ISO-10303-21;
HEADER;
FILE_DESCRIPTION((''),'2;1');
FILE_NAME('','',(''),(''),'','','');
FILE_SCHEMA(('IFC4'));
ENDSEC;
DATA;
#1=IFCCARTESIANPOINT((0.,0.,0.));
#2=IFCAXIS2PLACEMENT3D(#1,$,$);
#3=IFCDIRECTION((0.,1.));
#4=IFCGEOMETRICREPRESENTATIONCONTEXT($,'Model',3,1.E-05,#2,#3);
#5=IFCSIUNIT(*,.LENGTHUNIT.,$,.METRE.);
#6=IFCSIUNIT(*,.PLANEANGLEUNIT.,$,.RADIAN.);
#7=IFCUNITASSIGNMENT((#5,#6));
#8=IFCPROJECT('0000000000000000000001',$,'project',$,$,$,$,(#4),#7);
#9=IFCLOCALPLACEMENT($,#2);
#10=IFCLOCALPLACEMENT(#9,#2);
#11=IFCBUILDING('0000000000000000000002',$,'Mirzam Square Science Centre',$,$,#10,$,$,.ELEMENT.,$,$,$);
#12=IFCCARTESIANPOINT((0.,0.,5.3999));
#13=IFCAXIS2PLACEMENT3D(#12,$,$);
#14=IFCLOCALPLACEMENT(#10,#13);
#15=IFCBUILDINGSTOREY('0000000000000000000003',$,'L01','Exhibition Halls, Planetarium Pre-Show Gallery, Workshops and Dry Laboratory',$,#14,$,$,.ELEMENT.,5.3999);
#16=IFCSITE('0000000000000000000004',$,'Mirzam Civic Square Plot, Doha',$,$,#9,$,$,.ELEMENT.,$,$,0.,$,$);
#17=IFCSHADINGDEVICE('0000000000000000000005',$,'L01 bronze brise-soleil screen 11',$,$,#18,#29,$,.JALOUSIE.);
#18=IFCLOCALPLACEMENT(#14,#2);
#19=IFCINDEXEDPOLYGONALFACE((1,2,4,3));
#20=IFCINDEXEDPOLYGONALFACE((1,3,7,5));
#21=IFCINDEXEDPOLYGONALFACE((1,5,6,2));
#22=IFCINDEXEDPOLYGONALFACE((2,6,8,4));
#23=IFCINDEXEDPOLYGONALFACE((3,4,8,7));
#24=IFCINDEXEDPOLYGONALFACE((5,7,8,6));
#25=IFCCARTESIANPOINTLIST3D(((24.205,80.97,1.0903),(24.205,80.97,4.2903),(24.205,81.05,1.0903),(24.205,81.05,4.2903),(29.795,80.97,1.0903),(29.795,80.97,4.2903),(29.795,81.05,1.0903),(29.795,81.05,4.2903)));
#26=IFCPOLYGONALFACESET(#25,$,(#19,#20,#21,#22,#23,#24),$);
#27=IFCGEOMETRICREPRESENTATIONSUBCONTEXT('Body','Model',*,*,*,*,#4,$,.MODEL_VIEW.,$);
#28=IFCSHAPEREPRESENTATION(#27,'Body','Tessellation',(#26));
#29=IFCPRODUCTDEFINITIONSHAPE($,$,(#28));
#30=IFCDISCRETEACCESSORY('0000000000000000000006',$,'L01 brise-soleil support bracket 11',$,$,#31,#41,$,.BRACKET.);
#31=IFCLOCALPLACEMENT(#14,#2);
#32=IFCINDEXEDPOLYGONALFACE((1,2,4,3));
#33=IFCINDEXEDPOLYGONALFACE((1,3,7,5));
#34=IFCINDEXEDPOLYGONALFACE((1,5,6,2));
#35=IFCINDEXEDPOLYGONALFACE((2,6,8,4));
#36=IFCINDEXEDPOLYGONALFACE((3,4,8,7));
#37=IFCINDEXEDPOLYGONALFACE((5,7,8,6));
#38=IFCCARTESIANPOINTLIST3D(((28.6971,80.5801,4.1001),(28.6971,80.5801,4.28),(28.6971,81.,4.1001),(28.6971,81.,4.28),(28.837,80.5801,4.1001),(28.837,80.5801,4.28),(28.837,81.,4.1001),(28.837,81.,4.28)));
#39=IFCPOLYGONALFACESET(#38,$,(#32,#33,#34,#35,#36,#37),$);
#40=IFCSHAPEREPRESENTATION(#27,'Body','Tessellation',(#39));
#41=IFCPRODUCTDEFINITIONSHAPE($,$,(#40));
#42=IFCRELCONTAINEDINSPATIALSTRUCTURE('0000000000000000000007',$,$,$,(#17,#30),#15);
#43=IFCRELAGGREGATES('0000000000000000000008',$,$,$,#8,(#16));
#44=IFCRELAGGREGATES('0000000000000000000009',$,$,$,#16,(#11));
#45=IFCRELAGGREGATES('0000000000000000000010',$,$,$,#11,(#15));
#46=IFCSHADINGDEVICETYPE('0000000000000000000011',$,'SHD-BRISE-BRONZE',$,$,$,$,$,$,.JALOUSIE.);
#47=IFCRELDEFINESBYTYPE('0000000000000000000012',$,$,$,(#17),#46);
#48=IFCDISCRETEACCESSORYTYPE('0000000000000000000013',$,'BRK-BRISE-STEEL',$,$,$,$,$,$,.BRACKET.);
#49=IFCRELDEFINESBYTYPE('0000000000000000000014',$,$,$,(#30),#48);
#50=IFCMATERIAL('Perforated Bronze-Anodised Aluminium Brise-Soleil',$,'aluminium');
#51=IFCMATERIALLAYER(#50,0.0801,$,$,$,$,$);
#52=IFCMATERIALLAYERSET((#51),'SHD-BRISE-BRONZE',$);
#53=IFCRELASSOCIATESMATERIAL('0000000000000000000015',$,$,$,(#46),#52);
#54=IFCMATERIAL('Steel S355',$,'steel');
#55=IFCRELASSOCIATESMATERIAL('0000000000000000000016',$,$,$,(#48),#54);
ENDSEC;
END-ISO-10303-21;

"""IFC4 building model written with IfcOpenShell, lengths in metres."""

from ifc_helpers import new_model, si_unit, direction, frame, origin, origin_2d, place, context, subcontext, project, spatial, rectangle, extrude, material, layer, layer_set, type_object, element, save


model = new_model("IFC4")

# Units and contexts
model_context = context("Model", 3, precision=1e-05, world=origin(), true_north=direction((0.0, 1.0)))
body_context = subcontext(model_context, "Body", "Model", "MODEL_VIEW")
ifc_project = project(units=[si_unit("LENGTHUNIT", "METRE"), si_unit("PLANEANGLEUNIT", "RADIAN")], contexts=[model_context])

# Site, building, storey
site_placement = place(None, origin())
site = spatial("IfcSite", under=ifc_project, at=site_placement, Name="Mirzam Civic Square Plot, Doha", CompositionType="ELEMENT", RefElevation=0.0)
building_placement = place(site_placement, origin())
building = spatial("IfcBuilding", under=site, at=building_placement, Name="Mirzam Square Science Centre", CompositionType="ELEMENT")
storey_placement = place(building_placement, frame((0.0, 0.0, 5.3999)))
storey = spatial("IfcBuildingStorey", under=building, at=storey_placement, Name="L01", Description="Exhibition Halls, Planetarium Pre-Show Gallery, Workshops and Dry Laboratory", CompositionType="ELEMENT", Elevation=5.3999)

# Shared definitions
ifc_material_1 = material(Name="Steel S355", Category="steel")

# Shading device
ifc_material_2 = material(Name="Perforated Bronze-Anodised Aluminium Brise-Soleil", Category="aluminium")
ifc_layer_1 = layer(ifc_material_2, 0.0801)
ifc_layer_set_1 = layer_set([ifc_layer_1], Name="SHD-BRISE-BRONZE")
shading_device_type = type_object("IfcShadingDeviceType", Name="SHD-BRISE-BRONZE", PredefinedType="JALOUSIE", material=ifc_layer_set_1)
shading_device_placement = place(storey_placement, frame((27.0, 81.01, 1.0903), z_axis=(0.0, 0.0, 1.0), x_axis=(-1.0, 0.0, 0.0)))
element("IfcShadingDevice", 1, at=shading_device_placement, inside=storey, type_object=shading_device_type, Name="L01 bronze brise-soleil screen 11", PredefinedType="JALOUSIE", context=body_context, shape_type="SweptSolid", body=[
    extrude(rectangle(XDim=5.5901, YDim=0.0801, at=origin_2d()), origin(), (0.0, 0.0, 1.0), 3.2),
])

# Discrete accessory
discrete_accessory_type = type_object("IfcDiscreteAccessoryType", Name="BRK-BRISE-STEEL", PredefinedType="BRACKET", material=ifc_material_1)
discrete_accessory_placement = place(storey_placement, frame((28.7671, 80.79, 4.1001), z_axis=(0.0, 0.0, 1.0), x_axis=(-1.0, 0.0, 0.0)))
element("IfcDiscreteAccessory", 2, at=discrete_accessory_placement, inside=storey, type_object=discrete_accessory_type, Name="L01 brise-soleil support bracket 11", PredefinedType="BRACKET", context=body_context, shape_type="SweptSolid", body=[
    extrude(rectangle(XDim=0.1399, YDim=0.4199, at=origin_2d()), origin(), (0.0, 0.0, 1.0), 0.1799),
])

save(model, "model.ifc")
